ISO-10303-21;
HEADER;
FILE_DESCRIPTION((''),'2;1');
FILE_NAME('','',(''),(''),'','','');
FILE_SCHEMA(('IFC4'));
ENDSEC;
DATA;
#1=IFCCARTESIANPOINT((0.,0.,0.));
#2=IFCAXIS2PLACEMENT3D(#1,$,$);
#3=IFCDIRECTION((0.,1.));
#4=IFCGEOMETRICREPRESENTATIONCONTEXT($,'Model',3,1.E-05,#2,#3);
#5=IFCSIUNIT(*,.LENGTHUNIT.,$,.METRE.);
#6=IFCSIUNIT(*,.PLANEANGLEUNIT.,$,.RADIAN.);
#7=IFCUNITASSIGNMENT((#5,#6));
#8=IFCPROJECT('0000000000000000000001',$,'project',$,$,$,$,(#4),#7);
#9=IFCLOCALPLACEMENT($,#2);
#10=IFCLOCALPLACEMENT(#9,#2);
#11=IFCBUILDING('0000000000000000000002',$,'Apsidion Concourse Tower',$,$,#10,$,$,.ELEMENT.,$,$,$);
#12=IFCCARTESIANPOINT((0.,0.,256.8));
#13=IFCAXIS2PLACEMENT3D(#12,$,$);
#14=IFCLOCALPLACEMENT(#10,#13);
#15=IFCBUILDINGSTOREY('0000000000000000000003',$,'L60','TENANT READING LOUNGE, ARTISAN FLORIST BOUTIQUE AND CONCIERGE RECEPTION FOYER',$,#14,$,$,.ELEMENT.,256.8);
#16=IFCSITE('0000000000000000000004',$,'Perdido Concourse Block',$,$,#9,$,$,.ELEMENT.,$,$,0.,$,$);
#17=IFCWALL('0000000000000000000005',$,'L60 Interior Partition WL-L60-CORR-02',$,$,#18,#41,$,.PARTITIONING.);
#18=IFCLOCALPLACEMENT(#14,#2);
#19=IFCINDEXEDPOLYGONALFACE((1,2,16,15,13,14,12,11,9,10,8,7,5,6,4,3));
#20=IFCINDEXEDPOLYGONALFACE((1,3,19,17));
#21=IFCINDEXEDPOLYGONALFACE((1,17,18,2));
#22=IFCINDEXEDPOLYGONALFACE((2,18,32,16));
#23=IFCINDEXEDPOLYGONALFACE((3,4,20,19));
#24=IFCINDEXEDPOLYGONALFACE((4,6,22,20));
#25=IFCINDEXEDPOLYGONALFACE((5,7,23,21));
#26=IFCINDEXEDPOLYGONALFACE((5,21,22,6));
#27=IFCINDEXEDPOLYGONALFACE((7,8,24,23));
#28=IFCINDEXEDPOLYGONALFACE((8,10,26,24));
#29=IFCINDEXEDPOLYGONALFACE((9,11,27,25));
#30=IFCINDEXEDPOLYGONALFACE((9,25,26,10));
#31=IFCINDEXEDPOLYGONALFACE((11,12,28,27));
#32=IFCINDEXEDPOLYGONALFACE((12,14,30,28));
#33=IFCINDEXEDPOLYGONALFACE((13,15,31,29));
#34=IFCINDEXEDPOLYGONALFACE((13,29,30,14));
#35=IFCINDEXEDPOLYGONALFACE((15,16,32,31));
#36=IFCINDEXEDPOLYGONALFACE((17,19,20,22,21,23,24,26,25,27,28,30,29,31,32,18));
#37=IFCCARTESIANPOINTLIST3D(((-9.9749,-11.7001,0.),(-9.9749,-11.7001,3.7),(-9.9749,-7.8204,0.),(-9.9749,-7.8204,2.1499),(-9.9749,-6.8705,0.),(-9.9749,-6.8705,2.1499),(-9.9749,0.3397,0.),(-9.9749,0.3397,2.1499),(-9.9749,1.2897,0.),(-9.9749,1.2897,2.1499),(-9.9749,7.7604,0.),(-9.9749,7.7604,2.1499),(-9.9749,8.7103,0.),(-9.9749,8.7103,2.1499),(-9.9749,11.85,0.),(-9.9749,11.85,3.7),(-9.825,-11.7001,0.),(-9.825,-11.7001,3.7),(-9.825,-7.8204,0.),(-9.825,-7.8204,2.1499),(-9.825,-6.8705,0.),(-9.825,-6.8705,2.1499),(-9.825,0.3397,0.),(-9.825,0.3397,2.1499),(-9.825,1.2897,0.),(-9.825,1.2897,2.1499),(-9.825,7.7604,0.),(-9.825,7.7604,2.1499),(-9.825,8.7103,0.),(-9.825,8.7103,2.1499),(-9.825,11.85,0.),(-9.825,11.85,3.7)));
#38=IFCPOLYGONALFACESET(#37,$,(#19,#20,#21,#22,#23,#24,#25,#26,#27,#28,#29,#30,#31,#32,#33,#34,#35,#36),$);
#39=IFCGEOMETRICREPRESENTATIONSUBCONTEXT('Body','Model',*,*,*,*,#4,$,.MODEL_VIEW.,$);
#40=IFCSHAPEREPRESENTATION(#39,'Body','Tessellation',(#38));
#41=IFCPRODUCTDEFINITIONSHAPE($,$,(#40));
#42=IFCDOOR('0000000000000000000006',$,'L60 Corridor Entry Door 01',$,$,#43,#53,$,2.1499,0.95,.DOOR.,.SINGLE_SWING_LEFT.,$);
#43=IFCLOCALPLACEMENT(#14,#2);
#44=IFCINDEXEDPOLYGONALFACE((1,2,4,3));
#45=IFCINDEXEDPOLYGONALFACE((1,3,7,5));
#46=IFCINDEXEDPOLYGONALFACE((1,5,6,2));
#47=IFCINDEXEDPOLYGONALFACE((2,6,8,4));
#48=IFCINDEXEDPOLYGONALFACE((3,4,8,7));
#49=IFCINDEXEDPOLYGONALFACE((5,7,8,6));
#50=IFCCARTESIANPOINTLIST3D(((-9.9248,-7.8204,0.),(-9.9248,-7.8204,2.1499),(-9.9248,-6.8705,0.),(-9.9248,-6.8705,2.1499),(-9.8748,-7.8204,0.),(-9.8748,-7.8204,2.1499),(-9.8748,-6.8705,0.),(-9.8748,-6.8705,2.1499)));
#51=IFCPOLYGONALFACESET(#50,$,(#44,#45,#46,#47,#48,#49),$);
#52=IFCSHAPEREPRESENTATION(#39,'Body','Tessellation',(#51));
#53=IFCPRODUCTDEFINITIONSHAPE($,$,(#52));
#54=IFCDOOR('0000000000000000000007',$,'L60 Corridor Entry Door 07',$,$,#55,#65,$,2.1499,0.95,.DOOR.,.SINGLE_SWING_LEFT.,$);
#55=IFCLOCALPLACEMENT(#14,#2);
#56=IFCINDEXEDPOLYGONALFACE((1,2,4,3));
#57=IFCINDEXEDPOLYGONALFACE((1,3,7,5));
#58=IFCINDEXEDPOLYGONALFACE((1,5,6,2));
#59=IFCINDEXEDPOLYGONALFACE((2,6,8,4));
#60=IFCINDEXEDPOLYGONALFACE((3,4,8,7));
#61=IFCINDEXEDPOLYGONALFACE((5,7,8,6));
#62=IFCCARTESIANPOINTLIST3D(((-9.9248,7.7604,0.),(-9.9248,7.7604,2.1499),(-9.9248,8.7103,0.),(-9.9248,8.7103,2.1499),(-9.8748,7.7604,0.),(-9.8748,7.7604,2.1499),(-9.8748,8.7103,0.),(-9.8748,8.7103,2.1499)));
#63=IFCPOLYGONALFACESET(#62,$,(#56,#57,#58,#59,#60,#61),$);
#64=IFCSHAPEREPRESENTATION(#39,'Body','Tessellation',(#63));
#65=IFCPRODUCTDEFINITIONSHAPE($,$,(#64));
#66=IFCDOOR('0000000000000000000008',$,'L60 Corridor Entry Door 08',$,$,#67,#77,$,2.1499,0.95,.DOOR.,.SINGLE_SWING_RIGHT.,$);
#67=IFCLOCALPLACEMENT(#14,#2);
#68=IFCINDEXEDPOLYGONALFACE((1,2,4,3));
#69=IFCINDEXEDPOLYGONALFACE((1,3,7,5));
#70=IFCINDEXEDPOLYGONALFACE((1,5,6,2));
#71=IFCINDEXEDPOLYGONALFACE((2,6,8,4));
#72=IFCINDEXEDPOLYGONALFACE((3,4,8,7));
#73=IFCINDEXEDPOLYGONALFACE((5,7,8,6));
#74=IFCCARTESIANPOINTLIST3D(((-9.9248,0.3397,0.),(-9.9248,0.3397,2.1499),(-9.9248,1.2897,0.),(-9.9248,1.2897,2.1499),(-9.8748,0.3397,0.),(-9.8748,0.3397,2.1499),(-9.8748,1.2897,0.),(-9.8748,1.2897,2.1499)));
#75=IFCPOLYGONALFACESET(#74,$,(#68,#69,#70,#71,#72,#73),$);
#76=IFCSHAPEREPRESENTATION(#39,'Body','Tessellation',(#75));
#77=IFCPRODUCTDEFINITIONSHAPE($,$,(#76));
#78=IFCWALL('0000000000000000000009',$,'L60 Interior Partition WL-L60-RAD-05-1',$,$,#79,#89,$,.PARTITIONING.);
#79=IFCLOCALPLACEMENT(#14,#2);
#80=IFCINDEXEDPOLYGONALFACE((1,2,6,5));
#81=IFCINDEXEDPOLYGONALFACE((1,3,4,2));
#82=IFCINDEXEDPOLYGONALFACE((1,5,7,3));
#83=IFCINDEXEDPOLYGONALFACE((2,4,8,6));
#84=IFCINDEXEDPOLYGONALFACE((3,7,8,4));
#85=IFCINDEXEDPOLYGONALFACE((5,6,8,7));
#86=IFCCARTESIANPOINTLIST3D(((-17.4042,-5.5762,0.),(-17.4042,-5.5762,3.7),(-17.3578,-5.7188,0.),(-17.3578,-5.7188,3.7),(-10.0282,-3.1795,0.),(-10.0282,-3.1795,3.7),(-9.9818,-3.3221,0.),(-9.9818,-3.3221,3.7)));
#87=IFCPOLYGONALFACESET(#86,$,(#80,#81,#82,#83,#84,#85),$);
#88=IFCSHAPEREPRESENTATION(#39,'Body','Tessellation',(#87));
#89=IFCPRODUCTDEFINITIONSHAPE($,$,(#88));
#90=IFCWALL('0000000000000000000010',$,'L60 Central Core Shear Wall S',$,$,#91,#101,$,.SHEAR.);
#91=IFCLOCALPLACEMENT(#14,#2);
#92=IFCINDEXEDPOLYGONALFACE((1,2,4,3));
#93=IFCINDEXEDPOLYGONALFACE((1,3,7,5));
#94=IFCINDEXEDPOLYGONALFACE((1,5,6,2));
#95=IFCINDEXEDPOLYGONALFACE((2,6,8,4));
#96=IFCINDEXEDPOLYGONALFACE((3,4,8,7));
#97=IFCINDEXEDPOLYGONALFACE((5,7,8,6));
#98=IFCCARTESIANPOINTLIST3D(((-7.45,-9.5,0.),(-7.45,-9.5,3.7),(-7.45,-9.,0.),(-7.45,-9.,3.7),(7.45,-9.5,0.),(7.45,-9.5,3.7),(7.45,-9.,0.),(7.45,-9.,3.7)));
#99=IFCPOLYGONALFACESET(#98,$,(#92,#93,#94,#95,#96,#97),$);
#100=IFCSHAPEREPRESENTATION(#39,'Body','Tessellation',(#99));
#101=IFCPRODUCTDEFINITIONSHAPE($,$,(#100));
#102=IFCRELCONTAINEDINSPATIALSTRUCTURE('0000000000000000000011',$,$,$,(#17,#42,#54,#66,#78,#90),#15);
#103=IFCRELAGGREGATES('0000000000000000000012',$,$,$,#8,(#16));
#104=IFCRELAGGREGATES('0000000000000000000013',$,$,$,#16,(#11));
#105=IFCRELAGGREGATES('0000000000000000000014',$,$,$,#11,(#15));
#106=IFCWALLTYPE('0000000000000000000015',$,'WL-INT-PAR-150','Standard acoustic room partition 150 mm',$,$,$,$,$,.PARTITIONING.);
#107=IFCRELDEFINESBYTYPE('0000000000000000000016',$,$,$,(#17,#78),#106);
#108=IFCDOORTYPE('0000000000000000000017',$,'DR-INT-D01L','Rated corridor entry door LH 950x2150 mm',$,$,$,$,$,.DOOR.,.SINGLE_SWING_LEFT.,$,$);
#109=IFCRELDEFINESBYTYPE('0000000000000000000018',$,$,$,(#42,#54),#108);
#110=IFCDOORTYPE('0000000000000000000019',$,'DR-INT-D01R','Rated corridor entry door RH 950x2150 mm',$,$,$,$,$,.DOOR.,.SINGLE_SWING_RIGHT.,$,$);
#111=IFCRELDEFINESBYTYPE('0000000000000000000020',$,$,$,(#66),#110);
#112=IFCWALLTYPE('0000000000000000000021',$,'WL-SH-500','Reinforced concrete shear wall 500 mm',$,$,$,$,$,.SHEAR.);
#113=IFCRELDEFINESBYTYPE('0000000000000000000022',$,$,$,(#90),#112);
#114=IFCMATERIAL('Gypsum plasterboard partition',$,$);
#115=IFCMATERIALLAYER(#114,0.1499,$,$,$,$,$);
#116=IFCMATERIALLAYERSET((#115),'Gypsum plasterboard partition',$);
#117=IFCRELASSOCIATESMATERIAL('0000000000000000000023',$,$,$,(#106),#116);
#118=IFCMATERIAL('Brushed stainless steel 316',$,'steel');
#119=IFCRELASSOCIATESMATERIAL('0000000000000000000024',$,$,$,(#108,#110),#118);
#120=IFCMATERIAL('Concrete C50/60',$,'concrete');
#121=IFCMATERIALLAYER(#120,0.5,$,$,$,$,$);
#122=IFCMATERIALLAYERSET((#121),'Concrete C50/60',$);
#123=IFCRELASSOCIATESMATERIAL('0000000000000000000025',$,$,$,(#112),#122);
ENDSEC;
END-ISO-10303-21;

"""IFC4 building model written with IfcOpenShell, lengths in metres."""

from ifc_helpers import new_model, si_unit, direction, frame, frame_2d, origin, place, context, subcontext, project, spatial, rectangle, extrude, material, layer, layer_set, type_object, element, fill, save


model = new_model("IFC4")

# Units and contexts
model_context = context("Model", 3, precision=1e-05, world=origin(), true_north=direction((0.0, 1.0)))
body_context = subcontext(model_context, "Body", "Model", "MODEL_VIEW")
ifc_project = project(units=[si_unit("LENGTHUNIT", "METRE"), si_unit("PLANEANGLEUNIT", "RADIAN")], contexts=[model_context])

# Site, building, storey
site_placement = place(None, origin())
site = spatial("IfcSite", under=ifc_project, at=site_placement, Name="Perdido Concourse Block", CompositionType="ELEMENT", RefElevation=0.0)
building_placement = place(site_placement, origin())
building = spatial("IfcBuilding", under=site, at=building_placement, Name="Apsidion Concourse Tower", CompositionType="ELEMENT")
storey_placement = place(building_placement, frame((0.0, 0.0, 256.8)))
storey = spatial("IfcBuildingStorey", under=building, at=storey_placement, Name="L60", Description="TENANT READING LOUNGE, ARTISAN FLORIST BOUTIQUE AND CONCIERGE RECEPTION FOYER", CompositionType="ELEMENT", Elevation=256.8)

# Shared definitions
ifc_material_1 = material(Name="Concrete C50/60", Category="concrete")

# Wall, openings, doors
ifc_material_2 = material(Name="Gypsum plasterboard partition")
ifc_layer_1 = layer(ifc_material_2, 0.1499)
ifc_layer_set_1 = layer_set([ifc_layer_1], Name="Gypsum plasterboard partition")
wall_type_1 = type_object("IfcWallType", Name="WL-INT-PAR-150", Description="Standard acoustic room partition 150 mm", PredefinedType="PARTITIONING", material=ifc_layer_set_1)
wall_1_placement = place(storey_placement, frame((-9.8999, -11.7, 0.0), z_axis=(0.0, 0.0, 1.0), x_axis=(0.0, 1.0, 0.0)))
wall_1 = element("IfcWall", 1, at=wall_1_placement, inside=storey, type_object=wall_type_1, Name="L60 Interior Partition WL-L60-CORR-02", PredefinedType="PARTITIONING", context=body_context, shape_type="SweptSolid", body=[
    extrude(rectangle(XDim=23.55, YDim=0.1499, at=frame_2d((11.7749, 0.0))), origin(), (0.0, 0.0, 1.0), 3.7),
])
opening_1_placement = place(wall_1_placement, frame((3.8794, 0.0, 0.0)))
opening_1 = element("IfcOpeningElement", 2, at=opening_1_placement, cuts=wall_1, PredefinedType="OPENING", context=body_context, shape_type="SweptSolid", body=[
    extrude(rectangle(XDim=0.95, YDim=2.1499, at=frame_2d((0.4751, 1.075))), frame((0.0, 0.085, 0.0), z_axis=(0.0, -1.0, 0.0), x_axis=(1.0, 0.0, 0.0)), (0.0, 0.0, 1.0), 0.1699),
])
opening_2_placement = place(wall_1_placement, frame((19.4602, 0.0, 0.0)))
opening_2 = element("IfcOpeningElement", 3, at=opening_2_placement, cuts=wall_1, PredefinedType="OPENING", context=body_context, shape_type="SweptSolid", body=[
    extrude(rectangle(XDim=0.95, YDim=2.1499, at=frame_2d((0.4751, 1.075))), frame((0.0, 0.085, 0.0), z_axis=(0.0, -1.0, 0.0), x_axis=(1.0, 0.0, 0.0)), (0.0, 0.0, 1.0), 0.1699),
])
opening_3_placement = place(wall_1_placement, frame((12.0396, 0.0, 0.0)))
opening_3 = element("IfcOpeningElement", 4, at=opening_3_placement, cuts=wall_1, PredefinedType="OPENING", context=body_context, shape_type="SweptSolid", body=[
    extrude(rectangle(XDim=0.95, YDim=2.1499, at=frame_2d((0.4751, 1.075))), frame((0.0, 0.085, 0.0), z_axis=(0.0, -1.0, 0.0), x_axis=(1.0, 0.0, 0.0)), (0.0, 0.0, 1.0), 0.1699),
])
ifc_material_3 = material(Name="Brushed stainless steel 316", Category="steel")
door_type_1 = type_object("IfcDoorType", Name="DR-INT-D01L", Description="Rated corridor entry door LH 950x2150 mm", OperationType="SINGLE_SWING_LEFT", PredefinedType="DOOR", material=ifc_material_3)
door_1_placement = place(opening_1_placement, origin())
door_1 = element("IfcDoor", 5, at=door_1_placement, inside=storey, type_object=door_type_1, Name="L60 Corridor Entry Door 01", OperationType="SINGLE_SWING_LEFT", OverallHeight=2.1499, OverallWidth=0.95, PredefinedType="DOOR", context=body_context, shape_type="SweptSolid", body=[
    extrude(rectangle(XDim=0.95, YDim=2.1499, at=frame_2d((0.4751, 1.075))), frame((0.0, 0.0249, 0.0), z_axis=(0.0, -1.0, 0.0), x_axis=(1.0, 0.0, 0.0)), (0.0, 0.0, 1.0), 0.05),
])
fill(opening_1, door_1)
door_2_placement = place(opening_2_placement, origin())
door_2 = element("IfcDoor", 6, at=door_2_placement, inside=storey, type_object=door_type_1, Name="L60 Corridor Entry Door 07", OperationType="SINGLE_SWING_LEFT", OverallHeight=2.1499, OverallWidth=0.95, PredefinedType="DOOR", context=body_context, shape_type="SweptSolid", body=[
    extrude(rectangle(XDim=0.95, YDim=2.1499, at=frame_2d((0.4751, 1.075))), frame((0.0, 0.0249, 0.0), z_axis=(0.0, -1.0, 0.0), x_axis=(1.0, 0.0, 0.0)), (0.0, 0.0, 1.0), 0.05),
])
fill(opening_2, door_2)
door_type_2 = type_object("IfcDoorType", Name="DR-INT-D01R", Description="Rated corridor entry door RH 950x2150 mm", OperationType="SINGLE_SWING_RIGHT", PredefinedType="DOOR", material=ifc_material_3)
door_3_placement = place(opening_3_placement, origin())
door_3 = element("IfcDoor", 7, at=door_3_placement, inside=storey, type_object=door_type_2, Name="L60 Corridor Entry Door 08", OperationType="SINGLE_SWING_RIGHT", OverallHeight=2.1499, OverallWidth=0.95, PredefinedType="DOOR", context=body_context, shape_type="SweptSolid", body=[
    extrude(rectangle(XDim=0.95, YDim=2.1499, at=frame_2d((0.4751, 1.075))), frame((0.0, 0.0249, 0.0), z_axis=(0.0, -1.0, 0.0), x_axis=(1.0, 0.0, 0.0)), (0.0, 0.0, 1.0), 0.05),
])
fill(opening_3, door_3)

# Walls
wall_2_placement = place(storey_placement, frame((-10.0049, -3.2507, 0.0), z_axis=(0.0, 0.0, 1.0), x_axis=(-0.951052, -0.309032, 0.0)))
element("IfcWall", 8, at=wall_2_placement, inside=storey, type_object=wall_type_1, Name="L60 Interior Partition WL-L60-RAD-05-1", PredefinedType="PARTITIONING", context=body_context, shape_type="SweptSolid", body=[
    extrude(rectangle(XDim=7.7556, YDim=0.1499, at=frame_2d((3.8779, 0.0))), origin(), (0.0, 0.0, 1.0), 3.7),
])
ifc_layer_2 = layer(ifc_material_1, 0.5)
ifc_layer_set_2 = layer_set([ifc_layer_2], Name="Concrete C50/60")
wall_type_2 = type_object("IfcWallType", Name="WL-SH-500", Description="Reinforced concrete shear wall 500 mm", PredefinedType="SHEAR", material=ifc_layer_set_2)
wall_3_placement = place(storey_placement, frame((-7.45, -9.25, 0.0), z_axis=(0.0, 0.0, 1.0), x_axis=(1.0, 0.0, 0.0)))
element("IfcWall", 9, at=wall_3_placement, inside=storey, type_object=wall_type_2, Name="L60 Central Core Shear Wall S", PredefinedType="SHEAR", context=body_context, shape_type="SweptSolid", body=[
    extrude(rectangle(XDim=14.8999, YDim=0.5, at=frame_2d((7.45, 0.0))), origin(), (0.0, 0.0, 1.0), 3.7),
])

save(model, "model.ifc")
